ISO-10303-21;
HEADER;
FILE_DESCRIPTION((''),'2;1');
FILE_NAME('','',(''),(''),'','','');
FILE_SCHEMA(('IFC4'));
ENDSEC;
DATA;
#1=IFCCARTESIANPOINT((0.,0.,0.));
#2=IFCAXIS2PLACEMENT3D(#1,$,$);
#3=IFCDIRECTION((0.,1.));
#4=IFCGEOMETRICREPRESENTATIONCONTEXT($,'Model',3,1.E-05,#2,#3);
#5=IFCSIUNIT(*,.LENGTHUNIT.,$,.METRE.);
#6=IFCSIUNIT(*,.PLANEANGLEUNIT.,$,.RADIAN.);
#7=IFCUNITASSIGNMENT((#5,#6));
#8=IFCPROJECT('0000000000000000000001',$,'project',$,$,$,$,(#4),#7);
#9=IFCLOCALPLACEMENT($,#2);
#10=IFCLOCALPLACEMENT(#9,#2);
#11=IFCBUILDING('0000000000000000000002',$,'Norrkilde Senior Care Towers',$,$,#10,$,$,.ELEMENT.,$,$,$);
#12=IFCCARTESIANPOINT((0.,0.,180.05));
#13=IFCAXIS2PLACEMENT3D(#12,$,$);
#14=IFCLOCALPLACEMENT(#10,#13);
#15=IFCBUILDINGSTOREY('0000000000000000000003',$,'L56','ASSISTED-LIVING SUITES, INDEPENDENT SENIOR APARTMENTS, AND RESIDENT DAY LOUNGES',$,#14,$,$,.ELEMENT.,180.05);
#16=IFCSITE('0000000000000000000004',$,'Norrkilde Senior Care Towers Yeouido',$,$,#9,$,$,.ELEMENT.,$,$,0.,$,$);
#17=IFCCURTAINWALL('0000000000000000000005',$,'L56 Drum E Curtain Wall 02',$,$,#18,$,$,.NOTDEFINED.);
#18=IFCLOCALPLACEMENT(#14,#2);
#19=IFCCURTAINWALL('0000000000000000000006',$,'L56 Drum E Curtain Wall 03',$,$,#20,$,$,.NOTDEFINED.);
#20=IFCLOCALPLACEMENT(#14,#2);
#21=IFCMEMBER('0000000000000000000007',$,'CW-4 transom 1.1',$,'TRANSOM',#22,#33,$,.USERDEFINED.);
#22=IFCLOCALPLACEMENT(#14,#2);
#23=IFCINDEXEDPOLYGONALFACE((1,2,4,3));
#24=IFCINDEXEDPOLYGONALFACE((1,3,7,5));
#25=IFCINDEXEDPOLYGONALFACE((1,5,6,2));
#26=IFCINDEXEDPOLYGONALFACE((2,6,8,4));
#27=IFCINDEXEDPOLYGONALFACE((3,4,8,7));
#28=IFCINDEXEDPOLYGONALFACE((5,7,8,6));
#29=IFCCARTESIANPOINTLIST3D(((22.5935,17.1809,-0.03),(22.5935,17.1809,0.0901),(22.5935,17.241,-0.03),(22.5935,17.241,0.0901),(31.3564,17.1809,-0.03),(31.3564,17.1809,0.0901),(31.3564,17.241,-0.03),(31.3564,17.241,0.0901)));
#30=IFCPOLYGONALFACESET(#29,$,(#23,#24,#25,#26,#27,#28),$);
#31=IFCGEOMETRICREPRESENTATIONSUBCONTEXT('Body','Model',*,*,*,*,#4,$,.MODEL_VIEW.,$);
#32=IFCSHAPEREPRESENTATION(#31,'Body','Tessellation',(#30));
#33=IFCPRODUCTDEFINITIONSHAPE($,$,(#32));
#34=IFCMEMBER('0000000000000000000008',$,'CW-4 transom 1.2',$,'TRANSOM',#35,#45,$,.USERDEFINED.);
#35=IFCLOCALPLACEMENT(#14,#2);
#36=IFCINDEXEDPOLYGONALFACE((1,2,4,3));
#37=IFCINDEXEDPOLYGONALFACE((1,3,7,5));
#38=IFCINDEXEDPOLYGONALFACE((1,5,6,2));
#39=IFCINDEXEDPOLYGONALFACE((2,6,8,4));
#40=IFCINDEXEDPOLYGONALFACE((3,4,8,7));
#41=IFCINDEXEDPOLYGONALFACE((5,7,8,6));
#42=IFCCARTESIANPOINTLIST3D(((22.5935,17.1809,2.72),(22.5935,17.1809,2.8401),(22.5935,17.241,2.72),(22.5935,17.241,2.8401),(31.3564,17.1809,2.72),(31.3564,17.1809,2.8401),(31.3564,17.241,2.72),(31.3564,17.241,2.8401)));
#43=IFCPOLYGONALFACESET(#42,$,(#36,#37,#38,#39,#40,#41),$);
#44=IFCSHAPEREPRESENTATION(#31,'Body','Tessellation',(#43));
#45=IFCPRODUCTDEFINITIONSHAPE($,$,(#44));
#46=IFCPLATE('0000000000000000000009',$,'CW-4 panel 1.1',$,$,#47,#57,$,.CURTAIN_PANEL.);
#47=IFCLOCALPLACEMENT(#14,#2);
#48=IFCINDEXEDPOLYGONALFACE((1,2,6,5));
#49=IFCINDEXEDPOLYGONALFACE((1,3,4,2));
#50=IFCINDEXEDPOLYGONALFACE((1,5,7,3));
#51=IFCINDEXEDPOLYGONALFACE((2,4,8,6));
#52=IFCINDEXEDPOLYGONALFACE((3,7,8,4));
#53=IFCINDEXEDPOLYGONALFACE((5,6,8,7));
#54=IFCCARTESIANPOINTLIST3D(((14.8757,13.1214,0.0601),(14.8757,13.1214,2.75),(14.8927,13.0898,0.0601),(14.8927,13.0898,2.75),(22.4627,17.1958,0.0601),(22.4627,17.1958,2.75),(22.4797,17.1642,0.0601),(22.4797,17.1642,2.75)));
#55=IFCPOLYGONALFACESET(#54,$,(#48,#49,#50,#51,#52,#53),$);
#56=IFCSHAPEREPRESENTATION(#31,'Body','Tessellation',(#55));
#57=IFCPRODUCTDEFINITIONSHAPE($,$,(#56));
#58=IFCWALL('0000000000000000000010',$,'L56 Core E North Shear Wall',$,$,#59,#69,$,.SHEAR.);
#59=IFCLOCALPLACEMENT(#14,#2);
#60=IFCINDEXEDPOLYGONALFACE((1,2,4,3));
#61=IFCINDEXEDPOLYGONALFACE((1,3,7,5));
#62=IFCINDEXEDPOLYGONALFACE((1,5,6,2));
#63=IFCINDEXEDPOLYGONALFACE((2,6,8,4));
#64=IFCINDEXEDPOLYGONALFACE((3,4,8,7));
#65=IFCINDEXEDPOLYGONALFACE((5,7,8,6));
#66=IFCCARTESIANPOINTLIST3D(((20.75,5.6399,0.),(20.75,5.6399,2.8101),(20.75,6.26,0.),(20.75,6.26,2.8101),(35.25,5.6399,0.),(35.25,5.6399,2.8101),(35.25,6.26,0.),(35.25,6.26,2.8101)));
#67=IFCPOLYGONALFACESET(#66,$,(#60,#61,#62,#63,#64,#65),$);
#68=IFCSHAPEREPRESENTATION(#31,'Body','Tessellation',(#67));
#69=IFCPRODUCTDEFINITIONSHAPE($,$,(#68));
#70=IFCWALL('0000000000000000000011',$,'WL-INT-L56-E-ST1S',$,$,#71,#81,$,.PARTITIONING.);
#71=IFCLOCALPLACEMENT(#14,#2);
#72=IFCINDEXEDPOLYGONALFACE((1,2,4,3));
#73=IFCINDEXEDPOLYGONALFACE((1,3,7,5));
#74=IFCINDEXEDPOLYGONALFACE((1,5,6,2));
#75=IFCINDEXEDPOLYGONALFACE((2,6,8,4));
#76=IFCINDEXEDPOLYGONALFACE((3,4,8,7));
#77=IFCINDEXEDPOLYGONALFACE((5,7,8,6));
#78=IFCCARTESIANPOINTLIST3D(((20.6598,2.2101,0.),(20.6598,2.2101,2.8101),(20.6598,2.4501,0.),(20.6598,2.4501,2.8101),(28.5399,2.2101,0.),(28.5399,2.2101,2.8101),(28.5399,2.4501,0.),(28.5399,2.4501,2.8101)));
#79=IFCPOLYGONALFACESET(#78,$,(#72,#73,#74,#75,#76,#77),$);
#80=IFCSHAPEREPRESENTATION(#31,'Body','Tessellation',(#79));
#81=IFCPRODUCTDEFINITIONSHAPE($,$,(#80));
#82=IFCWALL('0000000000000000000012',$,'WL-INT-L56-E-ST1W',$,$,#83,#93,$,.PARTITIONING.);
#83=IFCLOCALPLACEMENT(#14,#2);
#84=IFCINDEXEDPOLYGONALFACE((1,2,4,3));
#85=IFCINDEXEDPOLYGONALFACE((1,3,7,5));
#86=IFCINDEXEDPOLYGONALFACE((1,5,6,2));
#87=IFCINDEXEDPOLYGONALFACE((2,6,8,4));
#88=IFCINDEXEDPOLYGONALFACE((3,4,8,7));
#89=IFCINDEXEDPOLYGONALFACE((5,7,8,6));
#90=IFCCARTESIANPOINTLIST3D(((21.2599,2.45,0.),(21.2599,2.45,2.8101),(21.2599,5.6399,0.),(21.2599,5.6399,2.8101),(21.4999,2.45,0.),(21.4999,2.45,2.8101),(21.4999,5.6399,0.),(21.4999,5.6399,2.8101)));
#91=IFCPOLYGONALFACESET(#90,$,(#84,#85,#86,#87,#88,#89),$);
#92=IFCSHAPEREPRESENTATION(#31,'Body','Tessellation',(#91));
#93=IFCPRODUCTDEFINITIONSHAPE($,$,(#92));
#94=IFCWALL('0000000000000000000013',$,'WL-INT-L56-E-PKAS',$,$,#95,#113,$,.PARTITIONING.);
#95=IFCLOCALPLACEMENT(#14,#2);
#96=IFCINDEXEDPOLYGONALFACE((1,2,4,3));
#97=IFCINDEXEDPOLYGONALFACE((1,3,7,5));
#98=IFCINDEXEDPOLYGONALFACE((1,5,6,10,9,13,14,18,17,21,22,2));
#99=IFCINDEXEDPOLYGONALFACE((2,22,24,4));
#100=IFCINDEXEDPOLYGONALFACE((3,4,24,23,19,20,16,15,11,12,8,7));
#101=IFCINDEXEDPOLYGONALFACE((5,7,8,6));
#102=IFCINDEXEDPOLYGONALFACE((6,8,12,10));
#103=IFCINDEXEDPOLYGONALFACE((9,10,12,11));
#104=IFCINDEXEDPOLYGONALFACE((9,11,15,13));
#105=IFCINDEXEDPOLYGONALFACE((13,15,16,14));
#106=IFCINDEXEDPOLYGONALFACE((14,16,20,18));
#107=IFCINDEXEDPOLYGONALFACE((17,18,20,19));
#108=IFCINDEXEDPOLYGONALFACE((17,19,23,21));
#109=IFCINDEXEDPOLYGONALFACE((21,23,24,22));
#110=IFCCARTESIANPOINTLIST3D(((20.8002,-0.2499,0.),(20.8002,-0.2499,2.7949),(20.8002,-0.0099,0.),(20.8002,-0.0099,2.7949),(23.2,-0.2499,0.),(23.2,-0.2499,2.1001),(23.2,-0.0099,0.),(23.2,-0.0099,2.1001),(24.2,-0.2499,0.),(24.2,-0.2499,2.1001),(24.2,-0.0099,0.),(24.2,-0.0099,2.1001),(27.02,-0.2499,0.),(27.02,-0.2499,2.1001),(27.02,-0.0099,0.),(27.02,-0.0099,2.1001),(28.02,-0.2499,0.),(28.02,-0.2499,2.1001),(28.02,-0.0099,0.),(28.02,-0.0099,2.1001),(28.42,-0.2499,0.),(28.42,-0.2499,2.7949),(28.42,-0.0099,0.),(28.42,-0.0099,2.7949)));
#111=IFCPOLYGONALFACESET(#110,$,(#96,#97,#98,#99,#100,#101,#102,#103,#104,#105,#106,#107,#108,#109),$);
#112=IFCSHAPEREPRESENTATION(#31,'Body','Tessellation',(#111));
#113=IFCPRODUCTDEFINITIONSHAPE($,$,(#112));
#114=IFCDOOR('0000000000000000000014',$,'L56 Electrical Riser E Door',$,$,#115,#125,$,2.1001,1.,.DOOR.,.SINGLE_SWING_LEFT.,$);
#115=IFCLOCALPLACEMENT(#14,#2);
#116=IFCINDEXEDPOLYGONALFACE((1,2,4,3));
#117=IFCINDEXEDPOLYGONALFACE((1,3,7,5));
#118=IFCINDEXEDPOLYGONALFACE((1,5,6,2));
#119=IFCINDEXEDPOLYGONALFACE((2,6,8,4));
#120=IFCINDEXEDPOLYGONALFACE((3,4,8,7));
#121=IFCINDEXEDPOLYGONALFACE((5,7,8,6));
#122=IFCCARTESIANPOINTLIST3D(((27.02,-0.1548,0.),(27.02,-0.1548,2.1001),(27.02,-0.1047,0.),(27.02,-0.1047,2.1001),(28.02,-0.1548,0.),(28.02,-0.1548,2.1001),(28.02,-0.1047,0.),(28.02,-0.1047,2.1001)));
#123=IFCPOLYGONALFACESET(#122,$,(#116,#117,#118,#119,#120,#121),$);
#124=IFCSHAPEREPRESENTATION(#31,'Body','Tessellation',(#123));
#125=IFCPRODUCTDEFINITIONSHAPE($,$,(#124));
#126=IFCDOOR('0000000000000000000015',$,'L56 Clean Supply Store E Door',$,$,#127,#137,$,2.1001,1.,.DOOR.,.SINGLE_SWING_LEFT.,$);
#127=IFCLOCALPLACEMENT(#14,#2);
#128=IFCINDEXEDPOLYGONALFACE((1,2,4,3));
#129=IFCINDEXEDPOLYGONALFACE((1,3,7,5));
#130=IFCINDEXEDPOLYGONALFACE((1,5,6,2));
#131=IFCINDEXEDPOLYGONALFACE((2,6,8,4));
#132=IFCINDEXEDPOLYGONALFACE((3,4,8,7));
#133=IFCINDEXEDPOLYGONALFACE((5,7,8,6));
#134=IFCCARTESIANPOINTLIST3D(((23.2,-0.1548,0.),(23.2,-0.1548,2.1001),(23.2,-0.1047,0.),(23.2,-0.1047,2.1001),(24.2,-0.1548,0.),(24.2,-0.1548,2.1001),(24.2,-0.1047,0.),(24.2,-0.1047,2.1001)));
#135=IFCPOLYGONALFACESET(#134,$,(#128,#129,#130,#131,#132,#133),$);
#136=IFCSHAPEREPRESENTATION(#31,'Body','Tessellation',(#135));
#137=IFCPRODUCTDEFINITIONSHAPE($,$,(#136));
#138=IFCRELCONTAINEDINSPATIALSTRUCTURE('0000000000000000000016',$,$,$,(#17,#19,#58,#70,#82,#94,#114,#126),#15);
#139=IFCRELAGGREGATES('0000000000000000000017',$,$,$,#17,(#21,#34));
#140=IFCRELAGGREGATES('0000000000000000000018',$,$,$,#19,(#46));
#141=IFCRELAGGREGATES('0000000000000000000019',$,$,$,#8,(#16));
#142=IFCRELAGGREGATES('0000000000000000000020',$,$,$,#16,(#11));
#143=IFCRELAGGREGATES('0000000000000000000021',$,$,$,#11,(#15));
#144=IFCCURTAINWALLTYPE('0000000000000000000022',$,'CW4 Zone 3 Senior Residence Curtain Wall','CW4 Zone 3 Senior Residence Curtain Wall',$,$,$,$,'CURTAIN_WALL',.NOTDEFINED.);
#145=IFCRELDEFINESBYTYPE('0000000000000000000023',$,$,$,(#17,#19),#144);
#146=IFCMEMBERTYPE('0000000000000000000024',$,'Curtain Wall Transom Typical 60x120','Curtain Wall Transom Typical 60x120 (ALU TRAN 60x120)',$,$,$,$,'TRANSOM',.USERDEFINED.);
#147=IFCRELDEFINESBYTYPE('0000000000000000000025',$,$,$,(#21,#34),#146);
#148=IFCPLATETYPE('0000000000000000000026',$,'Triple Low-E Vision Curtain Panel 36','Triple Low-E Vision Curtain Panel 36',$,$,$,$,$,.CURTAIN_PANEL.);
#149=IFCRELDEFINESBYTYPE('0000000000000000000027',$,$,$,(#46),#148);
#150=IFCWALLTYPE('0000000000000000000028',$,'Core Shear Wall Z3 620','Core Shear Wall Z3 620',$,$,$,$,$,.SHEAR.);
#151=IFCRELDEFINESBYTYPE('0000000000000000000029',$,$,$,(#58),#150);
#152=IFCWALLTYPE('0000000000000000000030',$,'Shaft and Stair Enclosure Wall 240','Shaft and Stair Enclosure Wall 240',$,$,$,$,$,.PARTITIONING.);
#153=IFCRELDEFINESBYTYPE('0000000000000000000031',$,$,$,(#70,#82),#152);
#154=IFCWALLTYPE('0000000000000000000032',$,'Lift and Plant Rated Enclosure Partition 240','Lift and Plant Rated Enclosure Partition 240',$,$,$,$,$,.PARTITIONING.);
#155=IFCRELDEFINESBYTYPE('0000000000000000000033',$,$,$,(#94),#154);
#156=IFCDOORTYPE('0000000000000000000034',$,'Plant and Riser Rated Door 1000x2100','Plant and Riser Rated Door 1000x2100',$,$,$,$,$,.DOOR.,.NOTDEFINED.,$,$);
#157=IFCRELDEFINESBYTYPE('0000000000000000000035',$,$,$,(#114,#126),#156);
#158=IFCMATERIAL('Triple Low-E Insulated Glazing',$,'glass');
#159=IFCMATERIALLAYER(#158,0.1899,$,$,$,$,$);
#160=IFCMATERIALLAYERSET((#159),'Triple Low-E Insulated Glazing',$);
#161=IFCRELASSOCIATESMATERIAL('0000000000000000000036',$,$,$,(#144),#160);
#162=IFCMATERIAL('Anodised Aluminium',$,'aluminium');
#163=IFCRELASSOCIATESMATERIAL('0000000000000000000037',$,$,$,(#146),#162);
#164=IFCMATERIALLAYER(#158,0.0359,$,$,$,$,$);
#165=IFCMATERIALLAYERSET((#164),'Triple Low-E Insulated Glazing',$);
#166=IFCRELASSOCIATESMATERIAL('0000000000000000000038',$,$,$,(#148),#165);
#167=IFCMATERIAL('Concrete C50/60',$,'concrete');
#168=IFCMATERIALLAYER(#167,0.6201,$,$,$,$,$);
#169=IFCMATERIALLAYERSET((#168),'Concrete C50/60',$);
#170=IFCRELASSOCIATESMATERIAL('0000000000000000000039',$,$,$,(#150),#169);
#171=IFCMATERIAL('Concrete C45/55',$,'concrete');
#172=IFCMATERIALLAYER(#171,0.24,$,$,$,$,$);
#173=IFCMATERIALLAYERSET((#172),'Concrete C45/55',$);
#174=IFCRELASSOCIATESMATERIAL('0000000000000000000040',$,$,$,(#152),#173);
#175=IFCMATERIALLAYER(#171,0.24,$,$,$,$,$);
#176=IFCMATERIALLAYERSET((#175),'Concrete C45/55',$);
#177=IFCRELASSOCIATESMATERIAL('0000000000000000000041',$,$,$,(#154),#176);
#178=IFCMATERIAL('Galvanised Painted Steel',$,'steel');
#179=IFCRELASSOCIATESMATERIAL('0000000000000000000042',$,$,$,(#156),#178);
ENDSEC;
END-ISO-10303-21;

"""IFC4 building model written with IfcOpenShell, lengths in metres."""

from ifc_helpers import new_model, si_unit, direction, frame, frame_2d, origin, origin_2d, place, context, subcontext, project, spatial, rectangle, extrude, source, transform, mapped, material, layer, layer_set, material_profile, profile_set, type_object, type_shapes, element, fill, aggregate, save


model = new_model("IFC4")

# Units and contexts
model_context = context("Model", 3, precision=1e-05, world=origin(), true_north=direction((0.0, 1.0)))
body_context = subcontext(model_context, "Body", "Model", "MODEL_VIEW")
ifc_project = project(units=[si_unit("LENGTHUNIT", "METRE"), si_unit("PLANEANGLEUNIT", "RADIAN")], contexts=[model_context])

# Site, building, storey
site_placement = place(None, origin())
site = spatial("IfcSite", under=ifc_project, at=site_placement, Name="Norrkilde Senior Care Towers Yeouido", CompositionType="ELEMENT", RefElevation=0.0)
building_placement = place(site_placement, origin())
building = spatial("IfcBuilding", under=site, at=building_placement, Name="Norrkilde Senior Care Towers", CompositionType="ELEMENT")
storey_placement = place(building_placement, frame((0.0, 0.0, 180.05)))
storey = spatial("IfcBuildingStorey", under=building, at=storey_placement, Name="L56", Description="ASSISTED-LIVING SUITES, INDEPENDENT SENIOR APARTMENTS, AND RESIDENT DAY LOUNGES", CompositionType="ELEMENT", Elevation=180.05)

# Shared definitions
ifc_material_1 = material(Name="Concrete C50/60", Category="concrete")

# Curtain walls
ifc_material_2 = material(Name="Triple Low-E Insulated Glazing", Category="glass")
ifc_layer_1 = layer(ifc_material_2, 0.1899)
ifc_layer_set_1 = layer_set([ifc_layer_1], Name="Triple Low-E Insulated Glazing")
curtain_wall_type = type_object("IfcCurtainWallType", Name="CW4 Zone 3 Senior Residence Curtain Wall", Description="CW4 Zone 3 Senior Residence Curtain Wall", ElementType="CURTAIN_WALL", PredefinedType="NOTDEFINED", material=ifc_layer_set_1)
curtain_wall_1_placement = place(storey_placement, origin())
curtain_wall_1 = element("IfcCurtainWall", 1, at=curtain_wall_1_placement, inside=storey, type_object=curtain_wall_type, Name="L56 Drum E Curtain Wall 02", PredefinedType="NOTDEFINED")
ifc_material_3 = material(Name="Anodised Aluminium", Category="aluminium")
curtain_wall_2_placement = place(storey_placement, origin())
curtain_wall_2 = element("IfcCurtainWall", 2, at=curtain_wall_2_placement, inside=storey, type_object=curtain_wall_type, Name="L56 Drum E Curtain Wall 03", PredefinedType="NOTDEFINED")

# Members
ifc_material_profile_1 = material_profile(ifc_material_3, rectangle(XDim=0.0601, YDim=0.1201, at=origin_2d()), Name="ALU TRAN 60x120")
ifc_profile_set_1 = profile_set([ifc_material_profile_1], Name="Anodised Aluminium")
member_type_1 = type_object("IfcMemberType", Name="Curtain Wall Transom Typical 60x120", Description="Curtain Wall Transom Typical 60x120 (ALU TRAN 60x120)", ElementType="TRANSOM", PredefinedType="USERDEFINED", material=ifc_profile_set_1)
shared_shape_1 = source(origin(), body_context, "Body", "SweptSolid", [
    extrude(rectangle(XDim=0.0601, YDim=0.1201, at=origin_2d()), origin(), (0.0, 0.0, 1.0), 8.7629),
])
type_shapes(member_type_1, [shared_shape_1])
member_1_placement = place(storey_placement, frame((22.5935, 17.2109, 0.03), z_axis=(1.0, 0.0, 0.0), x_axis=(0.0, 1.0, 0.0)))
member_1 = element("IfcMember", 3, at=member_1_placement, type_object=member_type_1, Name="CW-4 transom 1.1", ObjectType="TRANSOM", PredefinedType="USERDEFINED", context=body_context, shape_type="MappedRepresentation", body=[
    mapped(shared_shape_1, transform((0.0, 0.0, 0.0), x_axis=(1.0, 0.0, 0.0), y_axis=(0.0, 1.0, 0.0), z_axis=(0.0, 0.0, 1.0), scale=1.0)),
])
member_2_placement = place(storey_placement, frame((22.5935, 17.2109, 2.78), z_axis=(1.0, 0.0, 0.0), x_axis=(0.0, 1.0, 0.0)))
member_2 = element("IfcMember", 4, at=member_2_placement, type_object=member_type_1, Name="CW-4 transom 1.2", ObjectType="TRANSOM", PredefinedType="USERDEFINED", context=body_context, shape_type="MappedRepresentation", body=[
    mapped(shared_shape_1, transform((0.0, 0.0, 0.0), x_axis=(1.0, 0.0, 0.0), y_axis=(0.0, 1.0, 0.0), z_axis=(0.0, 0.0, 1.0), scale=1.0)),
])
aggregate(curtain_wall_1, [member_1, member_2])

# Plate
ifc_layer_2 = layer(ifc_material_2, 0.0359)
ifc_layer_set_2 = layer_set([ifc_layer_2], Name="Triple Low-E Insulated Glazing")
plate_type = type_object("IfcPlateType", Name="Triple Low-E Vision Curtain Panel 36", Description="Triple Low-E Vision Curtain Panel 36", PredefinedType="CURTAIN_PANEL", material=ifc_layer_set_2)
shared_shape_2 = source(origin(), body_context, "Body", "SweptSolid", [
    extrude(rectangle(XDim=8.6118, YDim=0.0359, at=origin_2d()), origin(), (0.0, 0.0, 1.0), 2.6899),
])
type_shapes(plate_type, [shared_shape_2])
plate_placement = place(storey_placement, frame((18.6777, 15.1428, 0.0601), z_axis=(0.0, 0.0, 1.0), x_axis=(0.881, 0.473117, 0.0)))
plate = element("IfcPlate", 5, at=plate_placement, type_object=plate_type, Name="CW-4 panel 1.1", PredefinedType="CURTAIN_PANEL", context=body_context, shape_type="MappedRepresentation", body=[
    mapped(shared_shape_2, transform((0.0, 0.0, 0.0), x_axis=(1.0, 0.0, 0.0), y_axis=(0.0, 1.0, 0.0), z_axis=(0.0, 0.0, 1.0), scale=1.0)),
])
aggregate(curtain_wall_2, [plate])

# Walls
ifc_layer_3 = layer(ifc_material_1, 0.6201)
ifc_layer_set_3 = layer_set([ifc_layer_3], Name="Concrete C50/60")
wall_type_1 = type_object("IfcWallType", Name="Core Shear Wall Z3 620", Description="Core Shear Wall Z3 620", PredefinedType="SHEAR", material=ifc_layer_set_3)
shared_shape_3 = source(origin(), body_context, "Body", "SweptSolid", [
    extrude(rectangle(XDim=14.5, YDim=0.6201, at=frame_2d((7.25, 0.0))), origin(), (0.0, 0.0, 1.0), 2.8101),
])
type_shapes(wall_type_1, [shared_shape_3])
wall_1_placement = place(storey_placement, frame((20.75, 5.95, 0.0), z_axis=(0.0, 0.0, 1.0), x_axis=(1.0, 0.0, 0.0)))
element("IfcWall", 6, at=wall_1_placement, inside=storey, type_object=wall_type_1, Name="L56 Core E North Shear Wall", PredefinedType="SHEAR", context=body_context, shape_type="MappedRepresentation", body=[
    mapped(shared_shape_3, transform((0.0, 0.0, 0.0), x_axis=(1.0, 0.0, 0.0), y_axis=(0.0, 1.0, 0.0), z_axis=(0.0, 0.0, 1.0), scale=1.0)),
])
ifc_material_4 = material(Name="Concrete C45/55", Category="concrete")
ifc_layer_4 = layer(ifc_material_4, 0.24)
ifc_layer_set_4 = layer_set([ifc_layer_4], Name="Concrete C45/55")
wall_type_2 = type_object("IfcWallType", Name="Shaft and Stair Enclosure Wall 240", Description="Shaft and Stair Enclosure Wall 240", PredefinedType="PARTITIONING", material=ifc_layer_set_4)
shared_shape_4 = source(origin(), body_context, "Body", "SweptSolid", [
    extrude(rectangle(XDim=7.8801, YDim=0.24, at=frame_2d((3.9399, 0.0))), origin(), (0.0, 0.0, 1.0), 2.8101),
])
wall_2_placement = place(storey_placement, frame((20.6599, 2.3301, 0.0), z_axis=(0.0, 0.0, 1.0), x_axis=(1.0, 0.0, 0.0)))
element("IfcWall", 7, at=wall_2_placement, inside=storey, type_object=wall_type_2, Name="WL-INT-L56-E-ST1S", PredefinedType="PARTITIONING", context=body_context, shape_type="MappedRepresentation", body=[
    mapped(shared_shape_4, transform((0.0, 0.0, 0.0), x_axis=(1.0, 0.0, 0.0), y_axis=(0.0, 1.0, 0.0), z_axis=(0.0, 0.0, 1.0), scale=1.0)),
])
shared_shape_5 = source(origin(), body_context, "Body", "SweptSolid", [
    extrude(rectangle(XDim=3.1899, YDim=0.24, at=frame_2d((1.595, 0.0))), origin(), (0.0, 0.0, 1.0), 2.8101),
])
type_shapes(wall_type_2, [shared_shape_4, shared_shape_5])
wall_3_placement = place(storey_placement, frame((21.3799, 2.45, 0.0), z_axis=(0.0, 0.0, 1.0), x_axis=(0.0, 1.0, 0.0)))
element("IfcWall", 8, at=wall_3_placement, inside=storey, type_object=wall_type_2, Name="WL-INT-L56-E-ST1W", PredefinedType="PARTITIONING", context=body_context, shape_type="MappedRepresentation", body=[
    mapped(shared_shape_5, transform((0.0, 0.0, 0.0), x_axis=(1.0, 0.0, 0.0), y_axis=(0.0, 1.0, 0.0), z_axis=(0.0, 0.0, 1.0), scale=1.0)),
])

# Wall, openings, doors
ifc_layer_5 = layer(ifc_material_4, 0.24)
ifc_layer_set_5 = layer_set([ifc_layer_5], Name="Concrete C45/55")
wall_type_3 = type_object("IfcWallType", Name="Lift and Plant Rated Enclosure Partition 240", Description="Lift and Plant Rated Enclosure Partition 240", PredefinedType="PARTITIONING", material=ifc_layer_set_5)
shared_shape_6 = source(origin(), body_context, "Body", "SweptSolid", [
    extrude(rectangle(XDim=7.6199, YDim=0.24, at=frame_2d((3.8101, 0.0))), origin(), (0.0, 0.0, 1.0), 2.7949),
])
type_shapes(wall_type_3, [shared_shape_6])
wall_4_placement = place(storey_placement, frame((20.8, -0.1299, 0.0), z_axis=(0.0, 0.0, 1.0), x_axis=(1.0, 0.0, 0.0)))
wall_4 = element("IfcWall", 9, at=wall_4_placement, inside=storey, type_object=wall_type_3, Name="WL-INT-L56-E-PKAS", PredefinedType="PARTITIONING", context=body_context, shape_type="MappedRepresentation", body=[
    mapped(shared_shape_6, transform((0.0, 0.0, 0.0), x_axis=(1.0, 0.0, 0.0), y_axis=(0.0, 1.0, 0.0), z_axis=(0.0, 0.0, 1.0), scale=1.0)),
])
opening_1_placement = place(wall_4_placement, frame((6.22, 0.0, 0.0)))
opening_1 = element("IfcOpeningElement", 10, at=opening_1_placement, cuts=wall_4, PredefinedType="OPENING", context=body_context, shape_type="SweptSolid", body=[
    extrude(rectangle(XDim=1.0, YDim=2.1001, at=frame_2d((0.5, 1.05))), frame((0.0, 0.1299, 0.0), z_axis=(0.0, -1.0, 0.0), x_axis=(1.0, 0.0, 0.0)), (0.0, 0.0, 1.0), 0.26),
])
opening_2_placement = place(wall_4_placement, frame((2.3999, 0.0, 0.0)))
opening_2 = element("IfcOpeningElement", 11, at=opening_2_placement, cuts=wall_4, PredefinedType="OPENING", context=body_context, shape_type="SweptSolid", body=[
    extrude(rectangle(XDim=1.0, YDim=2.1001, at=frame_2d((0.5, 1.05))), frame((0.0, 0.1299, 0.0), z_axis=(0.0, -1.0, 0.0), x_axis=(1.0, 0.0, 0.0)), (0.0, 0.0, 1.0), 0.26),
])
ifc_material_5 = material(Name="Galvanised Painted Steel", Category="steel")
door_type_1 = type_object("IfcDoorType", Name="Plant and Riser Rated Door 1000x2100", Description="Plant and Riser Rated Door 1000x2100", OperationType="NOTDEFINED", PredefinedType="DOOR", material=ifc_material_5)
shared_shape_7 = source(origin(), body_context, "Body", "SweptSolid", [
    extrude(rectangle(XDim=1.0, YDim=2.1001, at=frame_2d((0.5, 1.05))), frame((0.0, 0.0249, 0.0), z_axis=(0.0, -1.0, 0.0), x_axis=(1.0, 0.0, 0.0)), (0.0, 0.0, 1.0), 0.05),
])
type_shapes(door_type_1, [shared_shape_7])
door_1_placement = place(opening_1_placement, frame((1.0, 0.0, 0.0), z_axis=(0.0, 0.0, 1.0), x_axis=(-1.0, 0.0, 0.0)))
door_1 = element("IfcDoor", 12, at=door_1_placement, inside=storey, type_object=door_type_1, Name="L56 Electrical Riser E Door", OperationType="SINGLE_SWING_LEFT", OverallHeight=2.1001, OverallWidth=1.0, PredefinedType="DOOR", context=body_context, shape_type="MappedRepresentation", body=[
    mapped(shared_shape_7, transform((0.0, 0.0, 0.0), x_axis=(1.0, 0.0, 0.0), y_axis=(0.0, 1.0, 0.0), z_axis=(0.0, 0.0, 1.0), scale=1.0)),
])
fill(opening_1, door_1)
door_2_placement = place(opening_2_placement, frame((1.0, 0.0, 0.0), z_axis=(0.0, 0.0, 1.0), x_axis=(-1.0, 0.0, 0.0)))
door_2 = element("IfcDoor", 13, at=door_2_placement, inside=storey, type_object=door_type_1, Name="L56 Clean Supply Store E Door", OperationType="SINGLE_SWING_LEFT", OverallHeight=2.1001, OverallWidth=1.0, PredefinedType="DOOR", context=body_context, shape_type="MappedRepresentation", body=[
    mapped(shared_shape_7, transform((0.0, 0.0, 0.0), x_axis=(1.0, 0.0, 0.0), y_axis=(0.0, 1.0, 0.0), z_axis=(0.0, 0.0, 1.0), scale=1.0)),
])
fill(opening_2, door_2)

save(model, "model.ifc")
